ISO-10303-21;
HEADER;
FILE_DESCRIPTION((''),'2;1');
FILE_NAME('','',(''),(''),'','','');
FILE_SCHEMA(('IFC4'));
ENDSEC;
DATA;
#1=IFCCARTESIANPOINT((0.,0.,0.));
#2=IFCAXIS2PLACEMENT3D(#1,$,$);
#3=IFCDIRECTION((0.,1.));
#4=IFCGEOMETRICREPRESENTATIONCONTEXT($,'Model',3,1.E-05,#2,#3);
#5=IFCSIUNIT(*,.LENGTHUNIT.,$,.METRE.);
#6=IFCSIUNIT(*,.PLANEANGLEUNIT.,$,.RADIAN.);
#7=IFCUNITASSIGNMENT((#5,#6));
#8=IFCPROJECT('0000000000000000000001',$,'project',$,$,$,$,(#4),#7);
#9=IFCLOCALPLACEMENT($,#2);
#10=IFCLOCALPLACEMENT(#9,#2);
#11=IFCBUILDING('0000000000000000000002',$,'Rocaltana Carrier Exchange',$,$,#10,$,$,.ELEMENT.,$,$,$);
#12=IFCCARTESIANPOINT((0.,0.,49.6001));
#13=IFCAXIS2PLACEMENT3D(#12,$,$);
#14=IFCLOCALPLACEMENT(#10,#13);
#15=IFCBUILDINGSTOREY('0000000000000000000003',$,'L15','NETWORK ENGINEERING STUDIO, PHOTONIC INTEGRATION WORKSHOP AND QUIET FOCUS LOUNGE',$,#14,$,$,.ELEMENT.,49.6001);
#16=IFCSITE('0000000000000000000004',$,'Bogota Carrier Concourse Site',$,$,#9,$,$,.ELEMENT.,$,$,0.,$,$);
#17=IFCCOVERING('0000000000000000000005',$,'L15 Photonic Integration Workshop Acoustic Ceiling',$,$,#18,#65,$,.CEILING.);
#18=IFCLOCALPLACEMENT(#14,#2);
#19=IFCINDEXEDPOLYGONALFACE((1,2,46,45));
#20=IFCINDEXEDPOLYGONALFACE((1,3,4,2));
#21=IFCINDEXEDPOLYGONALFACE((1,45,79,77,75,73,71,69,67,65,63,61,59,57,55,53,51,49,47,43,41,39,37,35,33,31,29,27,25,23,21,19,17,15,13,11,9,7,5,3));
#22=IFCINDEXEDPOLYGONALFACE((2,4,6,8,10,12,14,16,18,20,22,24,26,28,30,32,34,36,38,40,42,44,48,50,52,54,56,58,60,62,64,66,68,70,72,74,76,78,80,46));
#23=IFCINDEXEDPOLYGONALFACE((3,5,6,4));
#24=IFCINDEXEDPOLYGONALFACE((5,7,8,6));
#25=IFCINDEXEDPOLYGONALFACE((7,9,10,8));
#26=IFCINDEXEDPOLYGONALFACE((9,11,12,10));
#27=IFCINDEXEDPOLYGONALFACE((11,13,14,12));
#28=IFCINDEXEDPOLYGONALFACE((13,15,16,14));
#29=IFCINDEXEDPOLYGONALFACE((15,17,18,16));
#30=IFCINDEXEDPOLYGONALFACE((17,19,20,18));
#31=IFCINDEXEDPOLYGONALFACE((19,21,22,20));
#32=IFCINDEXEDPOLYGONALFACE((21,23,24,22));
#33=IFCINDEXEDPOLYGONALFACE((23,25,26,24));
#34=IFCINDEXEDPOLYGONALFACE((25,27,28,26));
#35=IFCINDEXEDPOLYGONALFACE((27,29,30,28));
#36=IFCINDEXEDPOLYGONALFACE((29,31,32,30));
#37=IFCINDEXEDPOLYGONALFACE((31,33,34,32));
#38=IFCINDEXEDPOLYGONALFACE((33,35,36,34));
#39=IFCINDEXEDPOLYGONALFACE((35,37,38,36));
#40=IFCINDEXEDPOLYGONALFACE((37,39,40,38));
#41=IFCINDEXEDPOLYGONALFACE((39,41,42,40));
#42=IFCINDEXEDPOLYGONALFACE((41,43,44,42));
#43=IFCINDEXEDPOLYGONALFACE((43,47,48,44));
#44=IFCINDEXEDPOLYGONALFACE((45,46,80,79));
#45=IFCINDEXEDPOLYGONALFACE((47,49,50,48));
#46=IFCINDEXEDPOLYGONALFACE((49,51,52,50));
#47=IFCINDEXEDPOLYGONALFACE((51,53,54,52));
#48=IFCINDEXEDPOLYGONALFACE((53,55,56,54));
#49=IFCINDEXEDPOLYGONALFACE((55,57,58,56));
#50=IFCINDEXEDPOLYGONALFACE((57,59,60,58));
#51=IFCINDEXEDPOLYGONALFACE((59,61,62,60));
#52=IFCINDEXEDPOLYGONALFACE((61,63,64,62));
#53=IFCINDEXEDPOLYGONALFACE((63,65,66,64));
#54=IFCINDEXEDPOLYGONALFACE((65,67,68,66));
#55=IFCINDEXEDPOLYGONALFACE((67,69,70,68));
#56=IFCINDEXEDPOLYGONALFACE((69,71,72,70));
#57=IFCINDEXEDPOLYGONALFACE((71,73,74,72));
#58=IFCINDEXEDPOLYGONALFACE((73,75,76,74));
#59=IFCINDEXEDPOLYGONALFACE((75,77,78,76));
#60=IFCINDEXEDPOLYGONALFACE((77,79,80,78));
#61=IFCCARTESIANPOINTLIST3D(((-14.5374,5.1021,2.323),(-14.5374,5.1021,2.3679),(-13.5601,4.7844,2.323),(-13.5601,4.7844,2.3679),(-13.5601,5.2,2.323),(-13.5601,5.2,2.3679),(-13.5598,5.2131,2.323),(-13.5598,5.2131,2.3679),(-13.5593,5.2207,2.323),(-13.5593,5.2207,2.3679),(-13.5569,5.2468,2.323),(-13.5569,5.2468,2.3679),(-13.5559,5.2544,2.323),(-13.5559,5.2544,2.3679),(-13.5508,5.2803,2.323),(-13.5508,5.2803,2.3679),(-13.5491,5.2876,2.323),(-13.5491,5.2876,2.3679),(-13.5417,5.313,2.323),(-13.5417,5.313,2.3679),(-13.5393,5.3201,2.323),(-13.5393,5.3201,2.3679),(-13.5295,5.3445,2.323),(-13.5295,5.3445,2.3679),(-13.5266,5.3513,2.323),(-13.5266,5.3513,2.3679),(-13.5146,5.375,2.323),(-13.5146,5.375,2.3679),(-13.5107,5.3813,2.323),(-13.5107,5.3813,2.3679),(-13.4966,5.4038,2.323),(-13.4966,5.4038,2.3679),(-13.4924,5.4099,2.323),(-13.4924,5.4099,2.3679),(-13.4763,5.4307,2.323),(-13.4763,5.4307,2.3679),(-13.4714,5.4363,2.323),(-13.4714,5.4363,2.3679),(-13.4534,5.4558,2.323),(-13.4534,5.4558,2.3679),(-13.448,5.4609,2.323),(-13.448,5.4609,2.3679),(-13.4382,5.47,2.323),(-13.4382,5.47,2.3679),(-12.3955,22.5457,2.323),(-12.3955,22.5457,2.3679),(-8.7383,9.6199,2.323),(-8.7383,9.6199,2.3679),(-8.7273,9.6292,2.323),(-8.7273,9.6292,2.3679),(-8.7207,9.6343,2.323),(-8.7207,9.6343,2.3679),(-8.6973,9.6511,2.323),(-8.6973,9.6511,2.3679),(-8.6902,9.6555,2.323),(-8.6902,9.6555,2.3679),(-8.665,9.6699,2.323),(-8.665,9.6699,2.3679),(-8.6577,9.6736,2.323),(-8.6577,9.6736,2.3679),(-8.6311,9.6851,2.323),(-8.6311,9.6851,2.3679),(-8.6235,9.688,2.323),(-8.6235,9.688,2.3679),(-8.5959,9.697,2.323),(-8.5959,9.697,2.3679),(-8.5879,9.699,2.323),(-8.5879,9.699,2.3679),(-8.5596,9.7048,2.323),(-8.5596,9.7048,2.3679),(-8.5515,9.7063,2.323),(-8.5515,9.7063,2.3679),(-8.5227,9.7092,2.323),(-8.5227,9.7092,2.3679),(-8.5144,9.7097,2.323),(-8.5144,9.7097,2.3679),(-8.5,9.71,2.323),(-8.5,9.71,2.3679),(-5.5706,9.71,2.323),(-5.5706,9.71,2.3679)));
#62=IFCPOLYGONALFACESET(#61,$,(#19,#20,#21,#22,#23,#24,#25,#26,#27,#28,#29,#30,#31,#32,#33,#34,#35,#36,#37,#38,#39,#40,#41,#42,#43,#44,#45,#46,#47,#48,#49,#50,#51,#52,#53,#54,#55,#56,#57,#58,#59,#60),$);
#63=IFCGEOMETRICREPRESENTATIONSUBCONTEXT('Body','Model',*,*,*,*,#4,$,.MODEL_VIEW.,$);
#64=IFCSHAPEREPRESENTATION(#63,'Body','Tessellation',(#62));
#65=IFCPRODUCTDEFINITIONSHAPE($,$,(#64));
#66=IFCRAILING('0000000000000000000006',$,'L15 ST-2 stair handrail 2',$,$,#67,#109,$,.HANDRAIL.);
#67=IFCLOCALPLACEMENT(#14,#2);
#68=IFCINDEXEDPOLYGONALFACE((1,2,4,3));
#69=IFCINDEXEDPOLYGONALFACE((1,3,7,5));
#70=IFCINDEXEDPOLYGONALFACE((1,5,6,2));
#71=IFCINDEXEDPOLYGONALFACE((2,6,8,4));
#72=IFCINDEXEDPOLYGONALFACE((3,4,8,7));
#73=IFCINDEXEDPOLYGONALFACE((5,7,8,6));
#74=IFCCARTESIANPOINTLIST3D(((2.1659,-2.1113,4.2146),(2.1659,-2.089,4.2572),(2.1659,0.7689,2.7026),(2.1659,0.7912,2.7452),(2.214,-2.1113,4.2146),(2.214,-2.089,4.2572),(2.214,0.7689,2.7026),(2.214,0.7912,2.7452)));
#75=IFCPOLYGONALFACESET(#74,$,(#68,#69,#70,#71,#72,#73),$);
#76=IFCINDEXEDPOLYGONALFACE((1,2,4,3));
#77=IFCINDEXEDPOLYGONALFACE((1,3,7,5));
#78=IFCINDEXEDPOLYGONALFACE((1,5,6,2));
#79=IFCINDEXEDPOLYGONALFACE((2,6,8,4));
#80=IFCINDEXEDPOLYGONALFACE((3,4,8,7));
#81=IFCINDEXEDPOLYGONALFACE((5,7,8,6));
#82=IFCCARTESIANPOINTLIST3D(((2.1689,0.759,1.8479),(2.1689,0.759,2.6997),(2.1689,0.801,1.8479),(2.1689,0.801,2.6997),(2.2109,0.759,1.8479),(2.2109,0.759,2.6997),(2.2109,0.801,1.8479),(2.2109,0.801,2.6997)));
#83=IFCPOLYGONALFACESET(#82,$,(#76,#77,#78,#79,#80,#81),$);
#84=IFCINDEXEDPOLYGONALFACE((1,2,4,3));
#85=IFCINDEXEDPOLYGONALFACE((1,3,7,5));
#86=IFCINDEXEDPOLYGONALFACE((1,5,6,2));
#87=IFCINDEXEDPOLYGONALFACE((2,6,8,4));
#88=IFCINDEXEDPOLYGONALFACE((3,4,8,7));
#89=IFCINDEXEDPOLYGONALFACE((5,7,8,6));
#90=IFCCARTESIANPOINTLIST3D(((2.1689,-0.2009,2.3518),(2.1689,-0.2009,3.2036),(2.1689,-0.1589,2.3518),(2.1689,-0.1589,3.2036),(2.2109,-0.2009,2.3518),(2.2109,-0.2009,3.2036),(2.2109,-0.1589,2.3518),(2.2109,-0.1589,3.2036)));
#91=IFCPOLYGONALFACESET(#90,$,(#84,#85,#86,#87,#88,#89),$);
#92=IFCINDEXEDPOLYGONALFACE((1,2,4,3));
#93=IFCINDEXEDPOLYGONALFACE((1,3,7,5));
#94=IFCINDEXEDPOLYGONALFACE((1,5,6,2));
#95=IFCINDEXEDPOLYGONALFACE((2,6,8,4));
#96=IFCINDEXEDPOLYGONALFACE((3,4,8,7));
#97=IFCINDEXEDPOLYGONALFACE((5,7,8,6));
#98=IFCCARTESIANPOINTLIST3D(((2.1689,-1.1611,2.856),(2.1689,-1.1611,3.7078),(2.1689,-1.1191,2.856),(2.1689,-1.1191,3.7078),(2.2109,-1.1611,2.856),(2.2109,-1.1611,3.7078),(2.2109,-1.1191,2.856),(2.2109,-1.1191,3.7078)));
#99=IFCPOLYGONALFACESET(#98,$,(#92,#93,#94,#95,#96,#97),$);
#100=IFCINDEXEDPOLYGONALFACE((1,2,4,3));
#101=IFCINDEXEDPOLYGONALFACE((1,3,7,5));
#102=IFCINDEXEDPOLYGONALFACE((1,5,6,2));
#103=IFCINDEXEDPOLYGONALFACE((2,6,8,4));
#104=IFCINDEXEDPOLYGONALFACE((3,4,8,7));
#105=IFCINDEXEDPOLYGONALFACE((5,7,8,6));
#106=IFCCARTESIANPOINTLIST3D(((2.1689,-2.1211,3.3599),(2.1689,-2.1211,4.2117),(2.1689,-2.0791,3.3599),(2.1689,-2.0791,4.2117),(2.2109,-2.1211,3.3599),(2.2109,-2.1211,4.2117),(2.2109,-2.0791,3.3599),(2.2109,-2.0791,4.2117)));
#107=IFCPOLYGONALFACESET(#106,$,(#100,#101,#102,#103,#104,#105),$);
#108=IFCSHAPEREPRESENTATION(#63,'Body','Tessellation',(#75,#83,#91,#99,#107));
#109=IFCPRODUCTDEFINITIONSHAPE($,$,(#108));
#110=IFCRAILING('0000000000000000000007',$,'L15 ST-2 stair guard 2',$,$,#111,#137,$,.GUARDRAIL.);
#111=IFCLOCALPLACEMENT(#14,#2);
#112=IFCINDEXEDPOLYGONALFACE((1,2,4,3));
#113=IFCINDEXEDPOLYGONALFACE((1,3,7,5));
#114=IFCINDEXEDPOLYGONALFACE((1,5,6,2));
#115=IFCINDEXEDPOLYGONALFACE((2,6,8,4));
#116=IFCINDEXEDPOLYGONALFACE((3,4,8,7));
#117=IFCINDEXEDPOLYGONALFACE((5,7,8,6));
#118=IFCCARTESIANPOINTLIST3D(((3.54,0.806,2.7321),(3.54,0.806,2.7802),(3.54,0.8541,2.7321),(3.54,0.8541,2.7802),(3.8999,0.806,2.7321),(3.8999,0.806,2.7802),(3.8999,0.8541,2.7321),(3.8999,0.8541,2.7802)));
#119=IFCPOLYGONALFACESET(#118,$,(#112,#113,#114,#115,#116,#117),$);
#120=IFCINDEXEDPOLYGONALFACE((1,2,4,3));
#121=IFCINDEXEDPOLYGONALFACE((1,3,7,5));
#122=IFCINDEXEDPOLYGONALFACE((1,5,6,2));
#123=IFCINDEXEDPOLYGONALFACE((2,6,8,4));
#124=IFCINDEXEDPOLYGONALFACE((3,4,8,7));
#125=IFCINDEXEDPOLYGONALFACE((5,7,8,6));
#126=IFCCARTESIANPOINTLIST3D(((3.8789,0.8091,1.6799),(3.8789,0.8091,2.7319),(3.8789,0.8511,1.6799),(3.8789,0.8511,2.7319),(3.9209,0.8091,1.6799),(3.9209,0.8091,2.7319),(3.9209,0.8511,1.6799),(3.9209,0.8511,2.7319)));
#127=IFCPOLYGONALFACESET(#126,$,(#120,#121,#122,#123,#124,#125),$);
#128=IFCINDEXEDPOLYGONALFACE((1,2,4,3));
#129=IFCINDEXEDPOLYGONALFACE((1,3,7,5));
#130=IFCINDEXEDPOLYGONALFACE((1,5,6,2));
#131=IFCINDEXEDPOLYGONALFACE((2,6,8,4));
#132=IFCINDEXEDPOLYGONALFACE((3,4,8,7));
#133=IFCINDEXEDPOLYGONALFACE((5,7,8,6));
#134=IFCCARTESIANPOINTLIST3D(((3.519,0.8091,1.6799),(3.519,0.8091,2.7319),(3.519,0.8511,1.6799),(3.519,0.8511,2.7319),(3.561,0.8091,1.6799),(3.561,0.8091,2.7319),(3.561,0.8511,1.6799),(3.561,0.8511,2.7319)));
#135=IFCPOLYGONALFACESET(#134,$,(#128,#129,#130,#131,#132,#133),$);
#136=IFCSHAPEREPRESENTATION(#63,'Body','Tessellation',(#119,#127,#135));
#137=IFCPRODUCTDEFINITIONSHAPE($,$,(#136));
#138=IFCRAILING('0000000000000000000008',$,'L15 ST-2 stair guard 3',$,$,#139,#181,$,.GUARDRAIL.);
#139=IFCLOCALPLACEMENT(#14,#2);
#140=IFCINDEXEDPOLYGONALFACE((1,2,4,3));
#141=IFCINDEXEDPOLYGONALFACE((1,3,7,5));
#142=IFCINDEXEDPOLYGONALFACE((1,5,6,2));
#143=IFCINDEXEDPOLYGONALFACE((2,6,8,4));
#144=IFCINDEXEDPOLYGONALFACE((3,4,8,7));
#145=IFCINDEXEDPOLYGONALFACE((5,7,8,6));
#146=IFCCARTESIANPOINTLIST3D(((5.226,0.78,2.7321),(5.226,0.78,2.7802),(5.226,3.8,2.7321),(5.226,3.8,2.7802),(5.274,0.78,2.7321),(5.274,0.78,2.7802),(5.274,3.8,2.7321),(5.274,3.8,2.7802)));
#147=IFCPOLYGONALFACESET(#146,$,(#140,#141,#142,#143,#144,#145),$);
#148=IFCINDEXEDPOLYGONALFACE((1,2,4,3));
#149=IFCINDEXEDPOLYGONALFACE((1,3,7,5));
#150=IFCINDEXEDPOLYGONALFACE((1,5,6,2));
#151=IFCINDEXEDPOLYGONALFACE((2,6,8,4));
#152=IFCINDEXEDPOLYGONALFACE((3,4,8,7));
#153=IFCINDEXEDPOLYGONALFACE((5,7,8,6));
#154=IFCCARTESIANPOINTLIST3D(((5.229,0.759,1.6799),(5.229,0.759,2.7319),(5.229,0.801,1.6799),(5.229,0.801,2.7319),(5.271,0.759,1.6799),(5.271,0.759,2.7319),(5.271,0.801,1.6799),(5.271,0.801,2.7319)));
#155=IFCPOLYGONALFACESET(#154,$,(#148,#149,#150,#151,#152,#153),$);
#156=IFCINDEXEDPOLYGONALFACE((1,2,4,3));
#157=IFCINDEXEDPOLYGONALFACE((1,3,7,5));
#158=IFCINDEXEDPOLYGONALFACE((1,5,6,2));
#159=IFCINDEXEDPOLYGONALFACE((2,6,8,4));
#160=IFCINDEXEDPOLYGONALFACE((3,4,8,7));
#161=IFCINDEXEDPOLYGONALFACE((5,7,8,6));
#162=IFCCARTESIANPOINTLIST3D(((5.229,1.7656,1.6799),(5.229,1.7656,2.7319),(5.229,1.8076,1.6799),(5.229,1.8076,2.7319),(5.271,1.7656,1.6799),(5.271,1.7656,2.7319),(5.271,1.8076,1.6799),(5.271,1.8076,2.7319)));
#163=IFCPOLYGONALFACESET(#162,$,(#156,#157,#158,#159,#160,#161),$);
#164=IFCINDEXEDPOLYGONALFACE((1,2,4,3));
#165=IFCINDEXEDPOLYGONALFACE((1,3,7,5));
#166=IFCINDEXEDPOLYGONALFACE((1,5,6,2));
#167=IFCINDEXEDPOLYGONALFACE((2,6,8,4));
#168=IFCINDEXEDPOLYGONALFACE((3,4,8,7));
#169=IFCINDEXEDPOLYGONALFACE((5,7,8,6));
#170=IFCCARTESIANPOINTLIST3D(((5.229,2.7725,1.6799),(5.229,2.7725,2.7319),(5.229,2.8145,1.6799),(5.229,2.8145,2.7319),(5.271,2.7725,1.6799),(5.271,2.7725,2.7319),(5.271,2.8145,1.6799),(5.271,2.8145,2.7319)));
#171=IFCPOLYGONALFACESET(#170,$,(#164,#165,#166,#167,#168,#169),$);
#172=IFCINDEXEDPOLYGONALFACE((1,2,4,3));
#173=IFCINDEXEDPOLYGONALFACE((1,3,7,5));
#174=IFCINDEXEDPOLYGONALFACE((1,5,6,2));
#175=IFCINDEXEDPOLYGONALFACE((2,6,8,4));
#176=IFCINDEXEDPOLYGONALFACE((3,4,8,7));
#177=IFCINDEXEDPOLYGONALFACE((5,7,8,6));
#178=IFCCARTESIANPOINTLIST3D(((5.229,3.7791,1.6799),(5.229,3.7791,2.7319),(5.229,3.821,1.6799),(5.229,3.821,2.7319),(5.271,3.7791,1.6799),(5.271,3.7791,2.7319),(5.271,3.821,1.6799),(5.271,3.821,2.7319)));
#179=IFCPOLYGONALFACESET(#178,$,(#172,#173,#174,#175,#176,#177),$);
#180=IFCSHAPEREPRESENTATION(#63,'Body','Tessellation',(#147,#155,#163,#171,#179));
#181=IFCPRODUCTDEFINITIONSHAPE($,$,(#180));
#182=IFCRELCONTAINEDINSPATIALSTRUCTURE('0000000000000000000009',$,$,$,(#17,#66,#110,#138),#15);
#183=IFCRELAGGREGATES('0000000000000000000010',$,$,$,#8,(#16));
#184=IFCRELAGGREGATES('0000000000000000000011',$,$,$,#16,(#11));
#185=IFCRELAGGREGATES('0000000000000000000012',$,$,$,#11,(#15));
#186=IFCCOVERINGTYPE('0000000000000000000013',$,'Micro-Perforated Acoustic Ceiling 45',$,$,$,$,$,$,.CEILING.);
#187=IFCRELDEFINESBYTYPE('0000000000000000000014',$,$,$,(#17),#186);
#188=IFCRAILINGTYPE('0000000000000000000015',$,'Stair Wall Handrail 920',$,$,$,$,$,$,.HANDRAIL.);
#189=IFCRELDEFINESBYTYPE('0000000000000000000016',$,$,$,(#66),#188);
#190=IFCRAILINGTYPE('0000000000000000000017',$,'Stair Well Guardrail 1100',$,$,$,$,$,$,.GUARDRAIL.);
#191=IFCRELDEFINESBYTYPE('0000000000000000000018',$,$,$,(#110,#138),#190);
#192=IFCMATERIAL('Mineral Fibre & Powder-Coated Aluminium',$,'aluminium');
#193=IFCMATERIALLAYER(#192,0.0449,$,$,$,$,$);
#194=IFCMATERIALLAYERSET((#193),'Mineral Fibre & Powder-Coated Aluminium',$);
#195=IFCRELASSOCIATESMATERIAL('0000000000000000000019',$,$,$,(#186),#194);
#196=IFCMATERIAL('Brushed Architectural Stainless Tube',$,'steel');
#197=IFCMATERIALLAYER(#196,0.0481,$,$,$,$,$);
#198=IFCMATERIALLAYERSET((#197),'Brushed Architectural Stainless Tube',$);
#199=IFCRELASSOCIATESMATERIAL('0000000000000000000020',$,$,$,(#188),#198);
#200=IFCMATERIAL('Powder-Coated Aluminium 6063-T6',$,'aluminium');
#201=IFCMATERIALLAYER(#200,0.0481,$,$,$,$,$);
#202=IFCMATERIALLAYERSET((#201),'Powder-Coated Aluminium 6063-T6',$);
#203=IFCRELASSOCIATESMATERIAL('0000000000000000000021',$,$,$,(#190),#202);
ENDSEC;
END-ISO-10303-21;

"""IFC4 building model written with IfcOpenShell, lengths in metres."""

from ifc_helpers import new_model, si_unit, direction, frame, origin, origin_2d, place, context, subcontext, project, spatial, polyline, rectangle, outline, extrude, material, layer, layer_set, type_object, element, save


model = new_model("IFC4")

# Units and contexts
model_context = context("Model", 3, precision=1e-05, world=origin(), true_north=direction((0.0, 1.0)))
body_context = subcontext(model_context, "Body", "Model", "MODEL_VIEW")
ifc_project = project(units=[si_unit("LENGTHUNIT", "METRE"), si_unit("PLANEANGLEUNIT", "RADIAN")], contexts=[model_context])

# Site, building, storey
site_placement = place(None, origin())
site = spatial("IfcSite", under=ifc_project, at=site_placement, Name="Bogota Carrier Concourse Site", CompositionType="ELEMENT", RefElevation=0.0)
building_placement = place(site_placement, origin())
building = spatial("IfcBuilding", under=site, at=building_placement, Name="Rocaltana Carrier Exchange", CompositionType="ELEMENT")
storey_placement = place(building_placement, frame((0.0, 0.0, 49.6001)))
storey = spatial("IfcBuildingStorey", under=building, at=storey_placement, Name="L15", Description="NETWORK ENGINEERING STUDIO, PHOTONIC INTEGRATION WORKSHOP AND QUIET FOCUS LOUNGE", CompositionType="ELEMENT", Elevation=49.6001)

# Covering
ifc_material_1 = material(Name="Mineral Fibre & Powder-Coated Aluminium", Category="aluminium")
ifc_layer_1 = layer(ifc_material_1, 0.0449)
ifc_layer_set_1 = layer_set([ifc_layer_1], Name="Mineral Fibre & Powder-Coated Aluminium")
covering_type_1 = type_object("IfcCoveringType", Name="Micro-Perforated Acoustic Ceiling 45", PredefinedType="CEILING", material=ifc_layer_set_1)
covering_1_placement = place(storey_placement, frame((0.0, 0.0, 2.323)))
element("IfcCovering", 1, at=covering_1_placement, inside=storey, type_object=covering_type_1, Name="L15 Photonic Integration Workshop Acoustic Ceiling", PredefinedType="CEILING", context=body_context, shape_type="SweptSolid", body=[
    extrude(outline(polyline([(-12.3955, 22.5457), (-5.5706, 9.71), (-8.5, 9.71), (-8.5144, 9.7097), (-8.5227, 9.7092), (-8.5515, 9.7063), (-8.5596, 9.7048), (-8.5879, 9.699), (-8.5959, 9.697), (-8.6235, 9.688), (-8.6311, 9.6851), (-8.6577, 9.6736), (-8.665, 9.6699), (-8.6902, 9.6555), (-8.6973, 9.6511), (-8.7207, 9.6343), (-8.7273, 9.6292), (-8.7383, 9.6199), (-13.4382, 5.47), (-13.448, 5.4609), (-13.4534, 5.4558), (-13.4714, 5.4363), (-13.4763, 5.4307), (-13.4924, 5.4099), (-13.4966, 5.4038), (-13.5107, 5.3813), (-13.5146, 5.375), (-13.5266, 5.3513), (-13.5295, 5.3445), (-13.5393, 5.3201), (-13.5417, 5.313), (-13.5491, 5.2876), (-13.5508, 5.2803), (-13.5559, 5.2544), (-13.5569, 5.2468), (-13.5593, 5.2207), (-13.5598, 5.2131), (-13.5601, 5.2), (-13.5601, 4.7844), (-14.5374, 5.1021), (-12.3955, 22.5457)])), origin(), (0.0, 0.0, 1.0), 0.0449),
])

# Railings
ifc_material_2 = material(Name="Brushed Architectural Stainless Tube", Category="steel")
ifc_layer_2 = layer(ifc_material_2, 0.0481)
ifc_layer_set_2 = layer_set([ifc_layer_2], Name="Brushed Architectural Stainless Tube")
railing_type_1 = type_object("IfcRailingType", Name="Stair Wall Handrail 920", PredefinedType="HANDRAIL", material=ifc_layer_set_2)
railing_1_placement = place(storey_placement, frame((2.1899, 0.78, 1.8479)))
element("IfcRailing", 2, at=railing_1_placement, inside=storey, type_object=railing_type_1, Name="L15 ST-2 stair handrail 2", PredefinedType="HANDRAIL", context=body_context, shape_type="SweptSolid", body=[
    extrude(rectangle(XDim=0.0481, YDim=0.0481, at=origin_2d()), frame((0.0, 0.0, 0.876), z_axis=(0.0, -0.885411, 0.464809), x_axis=(1.0, 0.0, 0.0)), (0.0, 0.0, 1.0), 3.2529),
    extrude(rectangle(XDim=0.042, YDim=0.042, at=origin_2d()), origin(), (0.0, 0.0, 1.0), 0.8518),
    extrude(rectangle(XDim=0.042, YDim=0.042, at=origin_2d()), frame((0.0, -0.96, 0.5039)), (0.0, 0.0, 1.0), 0.8518),
    extrude(rectangle(XDim=0.042, YDim=0.042, at=origin_2d()), frame((0.0, -1.9202, 1.0081)), (0.0, 0.0, 1.0), 0.8518),
    extrude(rectangle(XDim=0.042, YDim=0.042, at=origin_2d()), frame((0.0, -2.8801, 1.512)), (0.0, 0.0, 1.0), 0.8518),
])
ifc_material_3 = material(Name="Powder-Coated Aluminium 6063-T6", Category="aluminium")
ifc_layer_3 = layer(ifc_material_3, 0.0481)
ifc_layer_set_3 = layer_set([ifc_layer_3], Name="Powder-Coated Aluminium 6063-T6")
railing_type_2 = type_object("IfcRailingType", Name="Stair Well Guardrail 1100", PredefinedType="GUARDRAIL", material=ifc_layer_set_3)
railing_2_placement = place(storey_placement, frame((3.8999, 0.8301, 1.6799)))
element("IfcRailing", 3, at=railing_2_placement, inside=storey, type_object=railing_type_2, Name="L15 ST-2 stair guard 2", PredefinedType="GUARDRAIL", context=body_context, shape_type="SweptSolid", body=[
    extrude(rectangle(XDim=0.0481, YDim=0.0481, at=origin_2d()), frame((0.0, 0.0, 1.0762), z_axis=(-1.0, 0.0, 0.0), x_axis=(0.0, -1.0, 0.0)), (0.0, 0.0, 1.0), 0.3599),
    extrude(rectangle(XDim=0.042, YDim=0.042, at=origin_2d()), origin(), (0.0, 0.0, 1.0), 1.052),
    extrude(rectangle(XDim=0.042, YDim=0.042, at=origin_2d()), frame((-0.3599, 0.0, 0.0)), (0.0, 0.0, 1.0), 1.052),
])
for number, where, name in (
    (4, (5.25, 0.78, 1.6799), "L15 ST-2 stair guard 3"),
):
    element("IfcRailing", number, at=place(storey_placement, frame(where)), inside=storey, type_object=railing_type_2, Name=name, PredefinedType="GUARDRAIL", context=body_context, shape_type="SweptSolid", body=[
        extrude(rectangle(XDim=0.0481, YDim=0.0481, at=origin_2d()), frame((0.0, 0.0, 1.0762), z_axis=(0.0, 1.0, 0.0), x_axis=(-1.0, 0.0, 0.0)), (0.0, 0.0, 1.0), 3.02),
        extrude(rectangle(XDim=0.042, YDim=0.042, at=origin_2d()), origin(), (0.0, 0.0, 1.0), 1.052),
        extrude(rectangle(XDim=0.042, YDim=0.042, at=origin_2d()), frame((0.0, 1.0066, 0.0)), (0.0, 0.0, 1.0), 1.052),
        extrude(rectangle(XDim=0.042, YDim=0.042, at=origin_2d()), frame((0.0, 2.0134, 0.0)), (0.0, 0.0, 1.0), 1.052),
        extrude(rectangle(XDim=0.042, YDim=0.042, at=origin_2d()), frame((0.0, 3.02, 0.0)), (0.0, 0.0, 1.0), 1.052),
    ])

save(model, "model.ifc")
